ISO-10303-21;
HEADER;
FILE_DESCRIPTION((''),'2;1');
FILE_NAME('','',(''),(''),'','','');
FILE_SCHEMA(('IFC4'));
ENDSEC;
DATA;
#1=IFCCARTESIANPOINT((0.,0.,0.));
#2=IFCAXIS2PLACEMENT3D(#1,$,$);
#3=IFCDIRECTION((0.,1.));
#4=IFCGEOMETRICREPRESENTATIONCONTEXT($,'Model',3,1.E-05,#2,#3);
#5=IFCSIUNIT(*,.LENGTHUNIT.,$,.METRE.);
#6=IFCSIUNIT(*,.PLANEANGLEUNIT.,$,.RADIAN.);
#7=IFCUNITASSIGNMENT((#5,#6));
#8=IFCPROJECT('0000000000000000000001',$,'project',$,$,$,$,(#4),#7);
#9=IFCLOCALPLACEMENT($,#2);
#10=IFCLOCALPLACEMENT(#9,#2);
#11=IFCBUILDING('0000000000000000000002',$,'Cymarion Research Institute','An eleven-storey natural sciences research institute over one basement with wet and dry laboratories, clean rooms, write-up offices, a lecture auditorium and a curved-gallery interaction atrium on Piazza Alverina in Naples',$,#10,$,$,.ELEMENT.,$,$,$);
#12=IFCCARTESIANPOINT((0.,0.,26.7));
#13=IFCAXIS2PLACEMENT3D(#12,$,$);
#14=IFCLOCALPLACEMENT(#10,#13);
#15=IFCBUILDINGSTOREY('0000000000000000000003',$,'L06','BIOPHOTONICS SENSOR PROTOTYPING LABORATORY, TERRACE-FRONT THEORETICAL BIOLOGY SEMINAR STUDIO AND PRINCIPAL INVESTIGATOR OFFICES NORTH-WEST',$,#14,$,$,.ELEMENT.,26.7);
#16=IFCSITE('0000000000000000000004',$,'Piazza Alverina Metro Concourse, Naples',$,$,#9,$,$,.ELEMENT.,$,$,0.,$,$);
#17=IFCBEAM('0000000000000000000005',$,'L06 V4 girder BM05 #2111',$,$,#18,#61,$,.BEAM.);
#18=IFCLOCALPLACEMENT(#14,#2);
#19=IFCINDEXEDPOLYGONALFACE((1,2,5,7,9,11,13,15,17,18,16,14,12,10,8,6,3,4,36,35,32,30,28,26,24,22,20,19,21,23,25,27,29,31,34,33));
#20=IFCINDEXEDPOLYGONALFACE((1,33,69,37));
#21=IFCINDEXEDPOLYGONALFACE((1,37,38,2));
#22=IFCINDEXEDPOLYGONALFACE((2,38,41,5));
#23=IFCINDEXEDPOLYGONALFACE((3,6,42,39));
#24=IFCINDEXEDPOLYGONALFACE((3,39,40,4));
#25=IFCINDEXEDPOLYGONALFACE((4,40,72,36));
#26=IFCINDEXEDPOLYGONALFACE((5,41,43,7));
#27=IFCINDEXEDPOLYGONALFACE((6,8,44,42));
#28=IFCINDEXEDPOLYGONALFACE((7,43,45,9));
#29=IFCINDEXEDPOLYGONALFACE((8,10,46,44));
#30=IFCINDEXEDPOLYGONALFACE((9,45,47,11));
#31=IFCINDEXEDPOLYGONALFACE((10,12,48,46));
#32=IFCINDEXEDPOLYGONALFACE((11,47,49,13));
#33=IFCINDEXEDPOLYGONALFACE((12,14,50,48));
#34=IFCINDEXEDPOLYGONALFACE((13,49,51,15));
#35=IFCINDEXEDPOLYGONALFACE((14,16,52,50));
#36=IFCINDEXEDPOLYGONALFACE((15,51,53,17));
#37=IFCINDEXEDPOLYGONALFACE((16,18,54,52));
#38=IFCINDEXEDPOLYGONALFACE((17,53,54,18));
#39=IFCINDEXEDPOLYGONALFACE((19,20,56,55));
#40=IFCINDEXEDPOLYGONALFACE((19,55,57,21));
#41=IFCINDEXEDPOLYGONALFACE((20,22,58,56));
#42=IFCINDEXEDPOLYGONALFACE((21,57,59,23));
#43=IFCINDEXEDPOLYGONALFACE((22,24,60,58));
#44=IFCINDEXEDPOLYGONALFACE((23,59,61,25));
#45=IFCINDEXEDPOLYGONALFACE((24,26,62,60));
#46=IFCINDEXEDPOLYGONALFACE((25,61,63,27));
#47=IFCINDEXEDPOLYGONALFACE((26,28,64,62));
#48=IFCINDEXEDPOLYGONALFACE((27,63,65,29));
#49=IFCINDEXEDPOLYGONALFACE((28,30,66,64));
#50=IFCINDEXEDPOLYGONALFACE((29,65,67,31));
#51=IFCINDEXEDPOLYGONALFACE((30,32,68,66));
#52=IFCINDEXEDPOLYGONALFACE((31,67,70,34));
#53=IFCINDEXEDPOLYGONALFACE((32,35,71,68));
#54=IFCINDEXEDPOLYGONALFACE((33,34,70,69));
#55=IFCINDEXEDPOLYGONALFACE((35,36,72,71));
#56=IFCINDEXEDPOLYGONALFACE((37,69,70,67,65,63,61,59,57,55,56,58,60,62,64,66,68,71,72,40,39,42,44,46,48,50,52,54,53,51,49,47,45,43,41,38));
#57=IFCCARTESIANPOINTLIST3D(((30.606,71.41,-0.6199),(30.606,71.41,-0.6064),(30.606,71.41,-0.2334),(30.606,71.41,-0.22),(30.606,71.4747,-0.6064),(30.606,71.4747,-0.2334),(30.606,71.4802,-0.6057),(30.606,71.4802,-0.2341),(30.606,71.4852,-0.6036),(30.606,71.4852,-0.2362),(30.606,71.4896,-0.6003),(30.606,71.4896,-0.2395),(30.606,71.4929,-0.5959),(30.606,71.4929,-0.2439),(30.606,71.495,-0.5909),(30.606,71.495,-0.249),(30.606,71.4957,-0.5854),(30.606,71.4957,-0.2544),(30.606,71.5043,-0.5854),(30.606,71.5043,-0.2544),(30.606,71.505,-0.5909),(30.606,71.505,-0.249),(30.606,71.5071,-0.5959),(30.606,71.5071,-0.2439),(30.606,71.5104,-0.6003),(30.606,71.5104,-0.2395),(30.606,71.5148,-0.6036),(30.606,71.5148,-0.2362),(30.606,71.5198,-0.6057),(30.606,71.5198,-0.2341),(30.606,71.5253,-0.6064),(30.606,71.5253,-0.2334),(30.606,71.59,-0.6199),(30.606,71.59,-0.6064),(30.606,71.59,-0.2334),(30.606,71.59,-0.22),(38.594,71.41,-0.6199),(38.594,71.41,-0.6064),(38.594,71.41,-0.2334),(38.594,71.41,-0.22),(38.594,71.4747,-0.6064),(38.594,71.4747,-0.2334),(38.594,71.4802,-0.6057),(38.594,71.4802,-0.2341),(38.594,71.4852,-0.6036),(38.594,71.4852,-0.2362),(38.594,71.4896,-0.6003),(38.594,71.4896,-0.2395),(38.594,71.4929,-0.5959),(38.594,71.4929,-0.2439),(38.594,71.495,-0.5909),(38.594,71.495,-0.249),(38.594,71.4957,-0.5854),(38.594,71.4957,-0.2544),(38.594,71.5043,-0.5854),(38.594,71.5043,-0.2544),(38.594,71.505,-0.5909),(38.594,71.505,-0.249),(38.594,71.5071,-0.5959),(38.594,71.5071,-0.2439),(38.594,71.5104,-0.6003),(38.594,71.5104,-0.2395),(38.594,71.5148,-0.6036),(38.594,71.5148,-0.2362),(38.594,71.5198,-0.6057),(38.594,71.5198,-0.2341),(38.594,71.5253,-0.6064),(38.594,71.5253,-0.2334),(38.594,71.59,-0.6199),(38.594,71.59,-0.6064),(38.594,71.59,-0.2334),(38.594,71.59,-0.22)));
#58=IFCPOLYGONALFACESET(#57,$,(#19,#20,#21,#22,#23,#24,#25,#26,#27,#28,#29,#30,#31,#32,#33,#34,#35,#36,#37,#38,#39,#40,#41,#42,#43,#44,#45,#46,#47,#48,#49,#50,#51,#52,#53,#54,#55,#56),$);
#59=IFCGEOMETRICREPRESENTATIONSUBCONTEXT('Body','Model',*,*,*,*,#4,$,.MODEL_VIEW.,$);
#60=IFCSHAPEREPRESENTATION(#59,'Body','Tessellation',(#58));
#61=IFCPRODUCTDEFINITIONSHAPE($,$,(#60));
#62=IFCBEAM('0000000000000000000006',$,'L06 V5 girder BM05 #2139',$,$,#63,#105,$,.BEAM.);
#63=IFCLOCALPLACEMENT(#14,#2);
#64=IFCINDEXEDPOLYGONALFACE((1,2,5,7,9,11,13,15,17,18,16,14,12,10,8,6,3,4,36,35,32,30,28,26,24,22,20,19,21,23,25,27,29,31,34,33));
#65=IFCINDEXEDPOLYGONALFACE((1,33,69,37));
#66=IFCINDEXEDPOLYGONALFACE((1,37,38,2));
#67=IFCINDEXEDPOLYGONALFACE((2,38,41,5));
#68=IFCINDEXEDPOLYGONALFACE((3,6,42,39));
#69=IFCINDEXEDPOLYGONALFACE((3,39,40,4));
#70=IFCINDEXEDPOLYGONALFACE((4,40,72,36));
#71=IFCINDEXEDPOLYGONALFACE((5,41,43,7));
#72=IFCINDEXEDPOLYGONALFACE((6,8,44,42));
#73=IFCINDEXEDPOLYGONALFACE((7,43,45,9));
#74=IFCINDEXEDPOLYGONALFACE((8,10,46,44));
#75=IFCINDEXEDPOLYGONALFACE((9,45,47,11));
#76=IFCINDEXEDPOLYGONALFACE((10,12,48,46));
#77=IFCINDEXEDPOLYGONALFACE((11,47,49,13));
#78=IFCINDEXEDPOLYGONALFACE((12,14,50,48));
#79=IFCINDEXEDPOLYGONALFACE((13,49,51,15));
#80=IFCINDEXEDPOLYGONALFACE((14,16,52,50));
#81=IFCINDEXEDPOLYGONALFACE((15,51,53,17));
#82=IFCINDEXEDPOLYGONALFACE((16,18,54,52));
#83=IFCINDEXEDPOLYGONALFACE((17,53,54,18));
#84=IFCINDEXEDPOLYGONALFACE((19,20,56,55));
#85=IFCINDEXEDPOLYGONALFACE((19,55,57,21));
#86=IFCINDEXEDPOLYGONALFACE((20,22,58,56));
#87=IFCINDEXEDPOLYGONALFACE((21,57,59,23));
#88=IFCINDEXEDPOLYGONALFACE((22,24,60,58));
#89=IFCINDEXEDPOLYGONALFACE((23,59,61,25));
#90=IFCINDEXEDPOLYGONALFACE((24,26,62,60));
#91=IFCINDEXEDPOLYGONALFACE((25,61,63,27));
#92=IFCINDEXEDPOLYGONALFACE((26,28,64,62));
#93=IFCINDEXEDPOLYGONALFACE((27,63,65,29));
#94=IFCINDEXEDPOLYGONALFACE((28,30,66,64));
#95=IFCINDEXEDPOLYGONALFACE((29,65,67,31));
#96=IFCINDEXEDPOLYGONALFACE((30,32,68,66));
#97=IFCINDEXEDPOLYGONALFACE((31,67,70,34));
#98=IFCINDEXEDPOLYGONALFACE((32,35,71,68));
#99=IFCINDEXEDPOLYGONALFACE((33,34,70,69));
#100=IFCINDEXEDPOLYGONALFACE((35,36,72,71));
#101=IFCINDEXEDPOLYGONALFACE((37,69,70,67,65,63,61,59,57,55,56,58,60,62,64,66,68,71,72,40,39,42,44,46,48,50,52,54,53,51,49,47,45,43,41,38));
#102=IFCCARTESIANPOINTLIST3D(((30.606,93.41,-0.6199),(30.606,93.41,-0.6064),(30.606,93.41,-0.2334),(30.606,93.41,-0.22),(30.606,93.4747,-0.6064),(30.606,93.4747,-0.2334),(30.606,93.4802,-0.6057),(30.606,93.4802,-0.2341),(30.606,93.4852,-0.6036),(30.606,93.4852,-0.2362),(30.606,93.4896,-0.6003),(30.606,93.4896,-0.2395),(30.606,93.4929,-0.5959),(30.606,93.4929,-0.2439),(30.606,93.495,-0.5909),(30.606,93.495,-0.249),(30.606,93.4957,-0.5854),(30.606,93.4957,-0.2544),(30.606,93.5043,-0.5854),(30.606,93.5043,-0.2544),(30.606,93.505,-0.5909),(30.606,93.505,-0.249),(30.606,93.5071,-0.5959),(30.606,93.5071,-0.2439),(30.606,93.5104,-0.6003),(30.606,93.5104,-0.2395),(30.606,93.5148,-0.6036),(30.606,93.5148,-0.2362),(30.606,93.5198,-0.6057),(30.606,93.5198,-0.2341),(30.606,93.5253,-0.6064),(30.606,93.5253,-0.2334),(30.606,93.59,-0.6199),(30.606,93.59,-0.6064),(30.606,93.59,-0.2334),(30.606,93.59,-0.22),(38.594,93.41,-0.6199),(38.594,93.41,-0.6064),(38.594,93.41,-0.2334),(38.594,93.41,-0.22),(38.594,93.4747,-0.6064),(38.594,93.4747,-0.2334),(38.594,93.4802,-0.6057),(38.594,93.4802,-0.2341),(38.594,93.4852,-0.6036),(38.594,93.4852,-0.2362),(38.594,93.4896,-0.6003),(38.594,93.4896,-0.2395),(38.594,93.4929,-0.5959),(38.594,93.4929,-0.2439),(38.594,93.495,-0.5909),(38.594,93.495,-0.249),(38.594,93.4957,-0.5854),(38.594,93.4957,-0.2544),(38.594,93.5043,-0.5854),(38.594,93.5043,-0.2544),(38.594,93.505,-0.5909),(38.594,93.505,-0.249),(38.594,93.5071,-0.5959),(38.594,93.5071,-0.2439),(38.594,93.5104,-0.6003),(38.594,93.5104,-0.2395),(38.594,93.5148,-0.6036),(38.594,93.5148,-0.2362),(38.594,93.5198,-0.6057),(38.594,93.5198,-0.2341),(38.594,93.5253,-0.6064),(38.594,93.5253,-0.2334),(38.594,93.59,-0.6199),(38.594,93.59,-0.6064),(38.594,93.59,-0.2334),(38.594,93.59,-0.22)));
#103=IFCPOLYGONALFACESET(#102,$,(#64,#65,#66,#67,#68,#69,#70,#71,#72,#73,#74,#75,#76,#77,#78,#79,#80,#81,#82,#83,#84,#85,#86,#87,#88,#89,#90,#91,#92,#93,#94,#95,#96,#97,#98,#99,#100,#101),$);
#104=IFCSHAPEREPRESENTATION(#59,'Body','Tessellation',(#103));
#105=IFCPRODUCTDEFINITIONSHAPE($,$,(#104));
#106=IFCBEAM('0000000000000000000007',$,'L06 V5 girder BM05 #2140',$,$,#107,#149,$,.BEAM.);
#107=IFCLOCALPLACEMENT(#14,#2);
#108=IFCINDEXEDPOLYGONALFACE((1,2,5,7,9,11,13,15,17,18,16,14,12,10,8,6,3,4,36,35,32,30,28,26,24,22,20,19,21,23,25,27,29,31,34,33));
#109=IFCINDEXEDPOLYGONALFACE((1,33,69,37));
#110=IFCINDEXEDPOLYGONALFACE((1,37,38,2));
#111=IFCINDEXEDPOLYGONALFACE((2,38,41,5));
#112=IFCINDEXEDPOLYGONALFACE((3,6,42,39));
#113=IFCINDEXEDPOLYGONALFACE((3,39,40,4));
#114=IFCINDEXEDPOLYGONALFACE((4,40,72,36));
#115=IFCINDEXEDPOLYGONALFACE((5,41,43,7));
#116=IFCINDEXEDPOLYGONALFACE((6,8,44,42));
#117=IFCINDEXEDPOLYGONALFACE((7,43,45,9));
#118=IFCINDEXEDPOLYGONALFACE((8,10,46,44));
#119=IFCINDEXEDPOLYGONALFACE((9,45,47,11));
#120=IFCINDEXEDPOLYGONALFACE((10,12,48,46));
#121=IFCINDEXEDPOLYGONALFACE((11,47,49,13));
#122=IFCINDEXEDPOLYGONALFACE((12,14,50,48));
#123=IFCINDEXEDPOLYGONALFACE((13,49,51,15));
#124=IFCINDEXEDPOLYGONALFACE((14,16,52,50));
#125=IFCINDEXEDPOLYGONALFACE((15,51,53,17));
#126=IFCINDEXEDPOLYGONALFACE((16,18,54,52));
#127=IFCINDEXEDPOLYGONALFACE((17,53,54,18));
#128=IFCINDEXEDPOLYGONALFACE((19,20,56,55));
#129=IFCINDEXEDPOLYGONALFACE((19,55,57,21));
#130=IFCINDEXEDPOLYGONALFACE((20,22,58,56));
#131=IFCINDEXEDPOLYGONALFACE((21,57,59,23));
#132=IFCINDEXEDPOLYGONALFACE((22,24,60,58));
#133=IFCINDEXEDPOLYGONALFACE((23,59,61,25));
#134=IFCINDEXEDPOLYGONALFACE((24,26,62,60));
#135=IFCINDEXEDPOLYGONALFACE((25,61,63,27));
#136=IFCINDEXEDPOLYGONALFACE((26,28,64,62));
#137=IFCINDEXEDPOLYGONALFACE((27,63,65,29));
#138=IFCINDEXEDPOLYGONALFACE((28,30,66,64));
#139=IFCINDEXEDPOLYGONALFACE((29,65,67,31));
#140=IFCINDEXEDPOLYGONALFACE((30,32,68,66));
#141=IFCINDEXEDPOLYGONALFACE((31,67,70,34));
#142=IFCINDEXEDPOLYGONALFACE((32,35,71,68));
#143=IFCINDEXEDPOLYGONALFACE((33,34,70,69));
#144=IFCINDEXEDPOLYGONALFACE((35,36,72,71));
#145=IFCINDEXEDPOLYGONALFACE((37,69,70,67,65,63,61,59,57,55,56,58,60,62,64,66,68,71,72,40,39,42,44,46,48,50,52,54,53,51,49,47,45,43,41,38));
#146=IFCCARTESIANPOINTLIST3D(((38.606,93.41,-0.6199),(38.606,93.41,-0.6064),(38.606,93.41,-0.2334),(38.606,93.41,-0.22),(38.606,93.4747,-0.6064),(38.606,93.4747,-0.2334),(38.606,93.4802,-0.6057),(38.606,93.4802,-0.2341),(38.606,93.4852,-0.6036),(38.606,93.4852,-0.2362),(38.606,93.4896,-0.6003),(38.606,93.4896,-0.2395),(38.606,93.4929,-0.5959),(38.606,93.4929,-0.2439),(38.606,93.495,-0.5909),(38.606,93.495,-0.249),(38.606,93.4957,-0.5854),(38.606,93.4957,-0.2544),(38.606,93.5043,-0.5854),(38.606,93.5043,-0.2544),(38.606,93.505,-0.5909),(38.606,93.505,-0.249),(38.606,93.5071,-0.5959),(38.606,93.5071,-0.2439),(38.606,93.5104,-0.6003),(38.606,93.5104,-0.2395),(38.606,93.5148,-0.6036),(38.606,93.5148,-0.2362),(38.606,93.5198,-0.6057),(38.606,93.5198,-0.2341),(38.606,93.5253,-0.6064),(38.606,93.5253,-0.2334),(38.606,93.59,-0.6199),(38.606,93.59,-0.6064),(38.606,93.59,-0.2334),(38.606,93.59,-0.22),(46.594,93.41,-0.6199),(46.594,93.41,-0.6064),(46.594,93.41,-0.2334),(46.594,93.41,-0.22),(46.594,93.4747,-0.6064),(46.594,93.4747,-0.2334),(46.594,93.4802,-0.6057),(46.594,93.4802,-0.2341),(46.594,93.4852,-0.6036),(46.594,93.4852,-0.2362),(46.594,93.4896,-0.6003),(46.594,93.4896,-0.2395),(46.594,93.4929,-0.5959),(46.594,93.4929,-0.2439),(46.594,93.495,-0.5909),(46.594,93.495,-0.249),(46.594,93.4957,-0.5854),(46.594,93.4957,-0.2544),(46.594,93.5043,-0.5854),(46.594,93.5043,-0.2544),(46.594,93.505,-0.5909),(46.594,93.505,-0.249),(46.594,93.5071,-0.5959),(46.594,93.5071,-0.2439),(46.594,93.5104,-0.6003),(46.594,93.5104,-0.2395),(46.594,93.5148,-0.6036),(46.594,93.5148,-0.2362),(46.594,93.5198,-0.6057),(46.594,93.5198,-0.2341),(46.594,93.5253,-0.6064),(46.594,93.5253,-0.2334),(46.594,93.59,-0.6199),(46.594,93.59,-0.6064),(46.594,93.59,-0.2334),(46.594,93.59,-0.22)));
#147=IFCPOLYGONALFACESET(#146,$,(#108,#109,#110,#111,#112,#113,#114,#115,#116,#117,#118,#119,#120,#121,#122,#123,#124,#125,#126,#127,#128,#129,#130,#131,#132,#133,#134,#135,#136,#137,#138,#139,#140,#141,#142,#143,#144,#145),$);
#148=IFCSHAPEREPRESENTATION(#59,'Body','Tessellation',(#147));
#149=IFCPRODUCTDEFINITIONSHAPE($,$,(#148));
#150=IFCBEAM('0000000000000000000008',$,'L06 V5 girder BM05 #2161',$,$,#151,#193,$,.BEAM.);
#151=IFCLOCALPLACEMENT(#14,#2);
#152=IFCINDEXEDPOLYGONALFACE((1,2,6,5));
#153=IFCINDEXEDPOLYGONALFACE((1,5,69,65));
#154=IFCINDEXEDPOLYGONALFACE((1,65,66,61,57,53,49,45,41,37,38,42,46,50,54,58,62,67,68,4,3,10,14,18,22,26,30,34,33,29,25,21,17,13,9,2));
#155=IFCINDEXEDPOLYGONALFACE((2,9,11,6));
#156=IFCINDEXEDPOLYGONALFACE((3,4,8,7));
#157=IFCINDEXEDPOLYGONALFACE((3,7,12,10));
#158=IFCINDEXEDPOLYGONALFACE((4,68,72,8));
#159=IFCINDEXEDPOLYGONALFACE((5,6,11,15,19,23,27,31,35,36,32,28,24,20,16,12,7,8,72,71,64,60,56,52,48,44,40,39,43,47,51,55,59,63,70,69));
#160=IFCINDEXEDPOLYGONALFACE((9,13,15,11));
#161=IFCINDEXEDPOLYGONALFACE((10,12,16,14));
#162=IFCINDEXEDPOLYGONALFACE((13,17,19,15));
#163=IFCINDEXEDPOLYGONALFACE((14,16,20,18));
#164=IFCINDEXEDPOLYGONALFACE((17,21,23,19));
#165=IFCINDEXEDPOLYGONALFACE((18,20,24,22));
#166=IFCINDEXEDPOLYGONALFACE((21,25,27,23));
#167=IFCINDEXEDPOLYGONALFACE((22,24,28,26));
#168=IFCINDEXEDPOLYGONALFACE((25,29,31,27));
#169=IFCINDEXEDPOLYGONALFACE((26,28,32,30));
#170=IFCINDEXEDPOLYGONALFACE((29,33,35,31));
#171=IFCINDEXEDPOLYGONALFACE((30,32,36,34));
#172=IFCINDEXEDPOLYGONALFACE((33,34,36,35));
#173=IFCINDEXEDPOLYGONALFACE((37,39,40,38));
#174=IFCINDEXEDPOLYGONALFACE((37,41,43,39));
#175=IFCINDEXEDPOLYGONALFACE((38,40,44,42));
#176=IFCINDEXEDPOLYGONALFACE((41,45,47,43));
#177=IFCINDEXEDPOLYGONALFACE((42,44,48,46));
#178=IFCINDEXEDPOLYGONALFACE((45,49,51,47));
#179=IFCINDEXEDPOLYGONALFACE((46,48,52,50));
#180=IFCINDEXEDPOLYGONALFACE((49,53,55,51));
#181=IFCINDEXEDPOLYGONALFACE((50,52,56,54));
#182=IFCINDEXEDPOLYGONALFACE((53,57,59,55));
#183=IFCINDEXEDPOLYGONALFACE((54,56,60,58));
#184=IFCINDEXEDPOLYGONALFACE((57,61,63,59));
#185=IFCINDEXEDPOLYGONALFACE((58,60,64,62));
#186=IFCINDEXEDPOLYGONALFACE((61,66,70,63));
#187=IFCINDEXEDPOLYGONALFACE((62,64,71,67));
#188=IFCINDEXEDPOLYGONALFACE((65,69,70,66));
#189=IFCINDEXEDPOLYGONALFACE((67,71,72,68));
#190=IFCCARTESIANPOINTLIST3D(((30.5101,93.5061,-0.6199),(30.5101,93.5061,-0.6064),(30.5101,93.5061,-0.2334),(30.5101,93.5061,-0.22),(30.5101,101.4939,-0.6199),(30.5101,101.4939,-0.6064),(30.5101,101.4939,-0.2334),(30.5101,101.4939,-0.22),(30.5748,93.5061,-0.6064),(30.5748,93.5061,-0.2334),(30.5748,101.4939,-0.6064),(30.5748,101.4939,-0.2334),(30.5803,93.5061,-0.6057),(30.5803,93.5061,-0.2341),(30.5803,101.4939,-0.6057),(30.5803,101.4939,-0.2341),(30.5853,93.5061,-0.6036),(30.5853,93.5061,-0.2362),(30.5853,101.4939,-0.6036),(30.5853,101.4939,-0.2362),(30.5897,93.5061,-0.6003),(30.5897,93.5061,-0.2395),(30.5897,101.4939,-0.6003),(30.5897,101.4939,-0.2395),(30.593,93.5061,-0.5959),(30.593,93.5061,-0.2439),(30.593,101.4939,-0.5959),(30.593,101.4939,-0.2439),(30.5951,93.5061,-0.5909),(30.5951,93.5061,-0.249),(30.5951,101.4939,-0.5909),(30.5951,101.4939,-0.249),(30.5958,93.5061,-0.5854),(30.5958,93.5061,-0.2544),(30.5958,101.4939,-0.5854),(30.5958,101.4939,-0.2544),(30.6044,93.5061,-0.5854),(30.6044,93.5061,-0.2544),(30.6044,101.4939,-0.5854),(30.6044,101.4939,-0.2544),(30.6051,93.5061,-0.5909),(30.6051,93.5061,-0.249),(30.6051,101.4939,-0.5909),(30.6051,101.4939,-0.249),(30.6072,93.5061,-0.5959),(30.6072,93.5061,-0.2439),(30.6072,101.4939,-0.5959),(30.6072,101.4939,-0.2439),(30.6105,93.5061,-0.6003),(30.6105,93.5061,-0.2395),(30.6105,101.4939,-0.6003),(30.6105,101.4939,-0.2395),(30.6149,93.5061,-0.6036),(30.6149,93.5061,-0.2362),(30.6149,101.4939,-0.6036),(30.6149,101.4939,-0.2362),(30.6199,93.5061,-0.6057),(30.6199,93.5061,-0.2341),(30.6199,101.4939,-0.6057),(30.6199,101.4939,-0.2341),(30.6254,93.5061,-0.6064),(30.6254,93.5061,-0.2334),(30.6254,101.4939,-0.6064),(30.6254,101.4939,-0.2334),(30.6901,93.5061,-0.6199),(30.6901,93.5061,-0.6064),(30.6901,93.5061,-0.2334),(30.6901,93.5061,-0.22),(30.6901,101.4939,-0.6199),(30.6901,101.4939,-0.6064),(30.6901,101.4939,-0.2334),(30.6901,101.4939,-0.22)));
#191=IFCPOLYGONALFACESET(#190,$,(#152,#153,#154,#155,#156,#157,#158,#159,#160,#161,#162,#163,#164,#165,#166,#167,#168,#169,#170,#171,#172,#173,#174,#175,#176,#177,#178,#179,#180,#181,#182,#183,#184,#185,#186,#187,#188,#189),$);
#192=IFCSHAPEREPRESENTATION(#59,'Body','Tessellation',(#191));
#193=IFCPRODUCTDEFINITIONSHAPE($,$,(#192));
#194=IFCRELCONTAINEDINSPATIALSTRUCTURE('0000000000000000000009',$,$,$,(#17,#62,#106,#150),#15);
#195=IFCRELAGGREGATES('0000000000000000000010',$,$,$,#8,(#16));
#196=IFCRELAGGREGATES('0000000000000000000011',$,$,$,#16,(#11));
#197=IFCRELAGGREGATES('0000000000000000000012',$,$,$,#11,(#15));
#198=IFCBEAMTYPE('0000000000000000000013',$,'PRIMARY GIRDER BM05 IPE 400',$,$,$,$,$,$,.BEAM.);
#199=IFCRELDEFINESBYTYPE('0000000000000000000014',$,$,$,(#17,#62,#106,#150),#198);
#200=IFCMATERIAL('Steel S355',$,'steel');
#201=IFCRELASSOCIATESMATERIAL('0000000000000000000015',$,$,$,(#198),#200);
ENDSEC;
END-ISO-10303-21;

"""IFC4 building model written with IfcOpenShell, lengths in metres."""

from ifc_helpers import new_model, si_unit, direction, frame, origin, origin_2d, place, context, subcontext, project, spatial, i_section, extrude, material, material_profile, profile_set, type_object, element, save


model = new_model("IFC4")

# Units and contexts
model_context = context("Model", 3, precision=1e-05, world=origin(), true_north=direction((0.0, 1.0)))
body_context = subcontext(model_context, "Body", "Model", "MODEL_VIEW")
ifc_project = project(units=[si_unit("LENGTHUNIT", "METRE"), si_unit("PLANEANGLEUNIT", "RADIAN")], contexts=[model_context])

# Site, building, storey
site_placement = place(None, origin())
site = spatial("IfcSite", under=ifc_project, at=site_placement, Name="Piazza Alverina Metro Concourse, Naples", CompositionType="ELEMENT", RefElevation=0.0)
building_placement = place(site_placement, origin())
building = spatial("IfcBuilding", under=site, at=building_placement, Name="Cymarion Research Institute", Description="An eleven-storey natural sciences research institute over one basement with wet and dry laboratories, clean rooms, write-up offices, a lecture auditorium and a curved-gallery interaction atrium on Piazza Alverina in Naples", CompositionType="ELEMENT")
storey_placement = place(building_placement, frame((0.0, 0.0, 26.7)))
storey = spatial("IfcBuildingStorey", under=building, at=storey_placement, Name="L06", Description="BIOPHOTONICS SENSOR PROTOTYPING LABORATORY, TERRACE-FRONT THEORETICAL BIOLOGY SEMINAR STUDIO AND PRINCIPAL INVESTIGATOR OFFICES NORTH-WEST", CompositionType="ELEMENT", Elevation=26.7)

# Shared definitions
ifc_material_1 = material(Name="Steel S355", Category="steel")

# Beams
ifc_material_profile_1 = material_profile(ifc_material_1, i_section(OverallWidth=0.1799, OverallDepth=0.3999, WebThickness=0.0085, FlangeThickness=0.0134, FilletRadius=0.021, at=origin_2d()), Name="IPE 400")
ifc_profile_set_1 = profile_set([ifc_material_profile_1], Name="Steel S355")
beam_type = type_object("IfcBeamType", Name="PRIMARY GIRDER BM05 IPE 400", PredefinedType="BEAM", material=ifc_profile_set_1)
for number, where, z_axis, x_axis, name in (
    (1, (30.606, 71.5, -0.4199), (1.0, 0.0, 0.0), (0.0, 1.0, 0.0), "L06 V4 girder BM05 #2111"),
    (2, (30.606, 93.5, -0.4199), (1.0, 0.0, 0.0), (0.0, 1.0, 0.0), "L06 V5 girder BM05 #2139"),
    (3, (38.606, 93.5, -0.4199), (1.0, 0.0, 0.0), (0.0, 1.0, 0.0), "L06 V5 girder BM05 #2140"),
):
    element("IfcBeam", number, at=place(storey_placement, frame(where, z_axis=z_axis, x_axis=x_axis)), inside=storey, type_object=beam_type, Name=name, PredefinedType="BEAM", context=body_context, shape_type="SweptSolid", body=[
        extrude(i_section(OverallWidth=0.1799, OverallDepth=0.3999, WebThickness=0.0085, FlangeThickness=0.0134, FilletRadius=0.021, at=origin_2d()), origin(), (0.0, 0.0, 1.0), 7.988),
    ])
for number, where, z_axis, x_axis, name in (
    (4, (30.6001, 93.5061, -0.4199), (0.0, 1.0, 0.0), (-1.0, 0.0, 0.0), "L06 V5 girder BM05 #2161"),
):
    element("IfcBeam", number, at=place(storey_placement, frame(where, z_axis=z_axis, x_axis=x_axis)), inside=storey, type_object=beam_type, Name=name, PredefinedType="BEAM", context=body_context, shape_type="SweptSolid", body=[
        extrude(i_section(OverallWidth=0.1799, OverallDepth=0.3999, WebThickness=0.0085, FlangeThickness=0.0134, FilletRadius=0.021, at=origin_2d()), origin(), (0.0, 0.0, 1.0), 7.9878),
    ])

save(model, "model.ifc")
